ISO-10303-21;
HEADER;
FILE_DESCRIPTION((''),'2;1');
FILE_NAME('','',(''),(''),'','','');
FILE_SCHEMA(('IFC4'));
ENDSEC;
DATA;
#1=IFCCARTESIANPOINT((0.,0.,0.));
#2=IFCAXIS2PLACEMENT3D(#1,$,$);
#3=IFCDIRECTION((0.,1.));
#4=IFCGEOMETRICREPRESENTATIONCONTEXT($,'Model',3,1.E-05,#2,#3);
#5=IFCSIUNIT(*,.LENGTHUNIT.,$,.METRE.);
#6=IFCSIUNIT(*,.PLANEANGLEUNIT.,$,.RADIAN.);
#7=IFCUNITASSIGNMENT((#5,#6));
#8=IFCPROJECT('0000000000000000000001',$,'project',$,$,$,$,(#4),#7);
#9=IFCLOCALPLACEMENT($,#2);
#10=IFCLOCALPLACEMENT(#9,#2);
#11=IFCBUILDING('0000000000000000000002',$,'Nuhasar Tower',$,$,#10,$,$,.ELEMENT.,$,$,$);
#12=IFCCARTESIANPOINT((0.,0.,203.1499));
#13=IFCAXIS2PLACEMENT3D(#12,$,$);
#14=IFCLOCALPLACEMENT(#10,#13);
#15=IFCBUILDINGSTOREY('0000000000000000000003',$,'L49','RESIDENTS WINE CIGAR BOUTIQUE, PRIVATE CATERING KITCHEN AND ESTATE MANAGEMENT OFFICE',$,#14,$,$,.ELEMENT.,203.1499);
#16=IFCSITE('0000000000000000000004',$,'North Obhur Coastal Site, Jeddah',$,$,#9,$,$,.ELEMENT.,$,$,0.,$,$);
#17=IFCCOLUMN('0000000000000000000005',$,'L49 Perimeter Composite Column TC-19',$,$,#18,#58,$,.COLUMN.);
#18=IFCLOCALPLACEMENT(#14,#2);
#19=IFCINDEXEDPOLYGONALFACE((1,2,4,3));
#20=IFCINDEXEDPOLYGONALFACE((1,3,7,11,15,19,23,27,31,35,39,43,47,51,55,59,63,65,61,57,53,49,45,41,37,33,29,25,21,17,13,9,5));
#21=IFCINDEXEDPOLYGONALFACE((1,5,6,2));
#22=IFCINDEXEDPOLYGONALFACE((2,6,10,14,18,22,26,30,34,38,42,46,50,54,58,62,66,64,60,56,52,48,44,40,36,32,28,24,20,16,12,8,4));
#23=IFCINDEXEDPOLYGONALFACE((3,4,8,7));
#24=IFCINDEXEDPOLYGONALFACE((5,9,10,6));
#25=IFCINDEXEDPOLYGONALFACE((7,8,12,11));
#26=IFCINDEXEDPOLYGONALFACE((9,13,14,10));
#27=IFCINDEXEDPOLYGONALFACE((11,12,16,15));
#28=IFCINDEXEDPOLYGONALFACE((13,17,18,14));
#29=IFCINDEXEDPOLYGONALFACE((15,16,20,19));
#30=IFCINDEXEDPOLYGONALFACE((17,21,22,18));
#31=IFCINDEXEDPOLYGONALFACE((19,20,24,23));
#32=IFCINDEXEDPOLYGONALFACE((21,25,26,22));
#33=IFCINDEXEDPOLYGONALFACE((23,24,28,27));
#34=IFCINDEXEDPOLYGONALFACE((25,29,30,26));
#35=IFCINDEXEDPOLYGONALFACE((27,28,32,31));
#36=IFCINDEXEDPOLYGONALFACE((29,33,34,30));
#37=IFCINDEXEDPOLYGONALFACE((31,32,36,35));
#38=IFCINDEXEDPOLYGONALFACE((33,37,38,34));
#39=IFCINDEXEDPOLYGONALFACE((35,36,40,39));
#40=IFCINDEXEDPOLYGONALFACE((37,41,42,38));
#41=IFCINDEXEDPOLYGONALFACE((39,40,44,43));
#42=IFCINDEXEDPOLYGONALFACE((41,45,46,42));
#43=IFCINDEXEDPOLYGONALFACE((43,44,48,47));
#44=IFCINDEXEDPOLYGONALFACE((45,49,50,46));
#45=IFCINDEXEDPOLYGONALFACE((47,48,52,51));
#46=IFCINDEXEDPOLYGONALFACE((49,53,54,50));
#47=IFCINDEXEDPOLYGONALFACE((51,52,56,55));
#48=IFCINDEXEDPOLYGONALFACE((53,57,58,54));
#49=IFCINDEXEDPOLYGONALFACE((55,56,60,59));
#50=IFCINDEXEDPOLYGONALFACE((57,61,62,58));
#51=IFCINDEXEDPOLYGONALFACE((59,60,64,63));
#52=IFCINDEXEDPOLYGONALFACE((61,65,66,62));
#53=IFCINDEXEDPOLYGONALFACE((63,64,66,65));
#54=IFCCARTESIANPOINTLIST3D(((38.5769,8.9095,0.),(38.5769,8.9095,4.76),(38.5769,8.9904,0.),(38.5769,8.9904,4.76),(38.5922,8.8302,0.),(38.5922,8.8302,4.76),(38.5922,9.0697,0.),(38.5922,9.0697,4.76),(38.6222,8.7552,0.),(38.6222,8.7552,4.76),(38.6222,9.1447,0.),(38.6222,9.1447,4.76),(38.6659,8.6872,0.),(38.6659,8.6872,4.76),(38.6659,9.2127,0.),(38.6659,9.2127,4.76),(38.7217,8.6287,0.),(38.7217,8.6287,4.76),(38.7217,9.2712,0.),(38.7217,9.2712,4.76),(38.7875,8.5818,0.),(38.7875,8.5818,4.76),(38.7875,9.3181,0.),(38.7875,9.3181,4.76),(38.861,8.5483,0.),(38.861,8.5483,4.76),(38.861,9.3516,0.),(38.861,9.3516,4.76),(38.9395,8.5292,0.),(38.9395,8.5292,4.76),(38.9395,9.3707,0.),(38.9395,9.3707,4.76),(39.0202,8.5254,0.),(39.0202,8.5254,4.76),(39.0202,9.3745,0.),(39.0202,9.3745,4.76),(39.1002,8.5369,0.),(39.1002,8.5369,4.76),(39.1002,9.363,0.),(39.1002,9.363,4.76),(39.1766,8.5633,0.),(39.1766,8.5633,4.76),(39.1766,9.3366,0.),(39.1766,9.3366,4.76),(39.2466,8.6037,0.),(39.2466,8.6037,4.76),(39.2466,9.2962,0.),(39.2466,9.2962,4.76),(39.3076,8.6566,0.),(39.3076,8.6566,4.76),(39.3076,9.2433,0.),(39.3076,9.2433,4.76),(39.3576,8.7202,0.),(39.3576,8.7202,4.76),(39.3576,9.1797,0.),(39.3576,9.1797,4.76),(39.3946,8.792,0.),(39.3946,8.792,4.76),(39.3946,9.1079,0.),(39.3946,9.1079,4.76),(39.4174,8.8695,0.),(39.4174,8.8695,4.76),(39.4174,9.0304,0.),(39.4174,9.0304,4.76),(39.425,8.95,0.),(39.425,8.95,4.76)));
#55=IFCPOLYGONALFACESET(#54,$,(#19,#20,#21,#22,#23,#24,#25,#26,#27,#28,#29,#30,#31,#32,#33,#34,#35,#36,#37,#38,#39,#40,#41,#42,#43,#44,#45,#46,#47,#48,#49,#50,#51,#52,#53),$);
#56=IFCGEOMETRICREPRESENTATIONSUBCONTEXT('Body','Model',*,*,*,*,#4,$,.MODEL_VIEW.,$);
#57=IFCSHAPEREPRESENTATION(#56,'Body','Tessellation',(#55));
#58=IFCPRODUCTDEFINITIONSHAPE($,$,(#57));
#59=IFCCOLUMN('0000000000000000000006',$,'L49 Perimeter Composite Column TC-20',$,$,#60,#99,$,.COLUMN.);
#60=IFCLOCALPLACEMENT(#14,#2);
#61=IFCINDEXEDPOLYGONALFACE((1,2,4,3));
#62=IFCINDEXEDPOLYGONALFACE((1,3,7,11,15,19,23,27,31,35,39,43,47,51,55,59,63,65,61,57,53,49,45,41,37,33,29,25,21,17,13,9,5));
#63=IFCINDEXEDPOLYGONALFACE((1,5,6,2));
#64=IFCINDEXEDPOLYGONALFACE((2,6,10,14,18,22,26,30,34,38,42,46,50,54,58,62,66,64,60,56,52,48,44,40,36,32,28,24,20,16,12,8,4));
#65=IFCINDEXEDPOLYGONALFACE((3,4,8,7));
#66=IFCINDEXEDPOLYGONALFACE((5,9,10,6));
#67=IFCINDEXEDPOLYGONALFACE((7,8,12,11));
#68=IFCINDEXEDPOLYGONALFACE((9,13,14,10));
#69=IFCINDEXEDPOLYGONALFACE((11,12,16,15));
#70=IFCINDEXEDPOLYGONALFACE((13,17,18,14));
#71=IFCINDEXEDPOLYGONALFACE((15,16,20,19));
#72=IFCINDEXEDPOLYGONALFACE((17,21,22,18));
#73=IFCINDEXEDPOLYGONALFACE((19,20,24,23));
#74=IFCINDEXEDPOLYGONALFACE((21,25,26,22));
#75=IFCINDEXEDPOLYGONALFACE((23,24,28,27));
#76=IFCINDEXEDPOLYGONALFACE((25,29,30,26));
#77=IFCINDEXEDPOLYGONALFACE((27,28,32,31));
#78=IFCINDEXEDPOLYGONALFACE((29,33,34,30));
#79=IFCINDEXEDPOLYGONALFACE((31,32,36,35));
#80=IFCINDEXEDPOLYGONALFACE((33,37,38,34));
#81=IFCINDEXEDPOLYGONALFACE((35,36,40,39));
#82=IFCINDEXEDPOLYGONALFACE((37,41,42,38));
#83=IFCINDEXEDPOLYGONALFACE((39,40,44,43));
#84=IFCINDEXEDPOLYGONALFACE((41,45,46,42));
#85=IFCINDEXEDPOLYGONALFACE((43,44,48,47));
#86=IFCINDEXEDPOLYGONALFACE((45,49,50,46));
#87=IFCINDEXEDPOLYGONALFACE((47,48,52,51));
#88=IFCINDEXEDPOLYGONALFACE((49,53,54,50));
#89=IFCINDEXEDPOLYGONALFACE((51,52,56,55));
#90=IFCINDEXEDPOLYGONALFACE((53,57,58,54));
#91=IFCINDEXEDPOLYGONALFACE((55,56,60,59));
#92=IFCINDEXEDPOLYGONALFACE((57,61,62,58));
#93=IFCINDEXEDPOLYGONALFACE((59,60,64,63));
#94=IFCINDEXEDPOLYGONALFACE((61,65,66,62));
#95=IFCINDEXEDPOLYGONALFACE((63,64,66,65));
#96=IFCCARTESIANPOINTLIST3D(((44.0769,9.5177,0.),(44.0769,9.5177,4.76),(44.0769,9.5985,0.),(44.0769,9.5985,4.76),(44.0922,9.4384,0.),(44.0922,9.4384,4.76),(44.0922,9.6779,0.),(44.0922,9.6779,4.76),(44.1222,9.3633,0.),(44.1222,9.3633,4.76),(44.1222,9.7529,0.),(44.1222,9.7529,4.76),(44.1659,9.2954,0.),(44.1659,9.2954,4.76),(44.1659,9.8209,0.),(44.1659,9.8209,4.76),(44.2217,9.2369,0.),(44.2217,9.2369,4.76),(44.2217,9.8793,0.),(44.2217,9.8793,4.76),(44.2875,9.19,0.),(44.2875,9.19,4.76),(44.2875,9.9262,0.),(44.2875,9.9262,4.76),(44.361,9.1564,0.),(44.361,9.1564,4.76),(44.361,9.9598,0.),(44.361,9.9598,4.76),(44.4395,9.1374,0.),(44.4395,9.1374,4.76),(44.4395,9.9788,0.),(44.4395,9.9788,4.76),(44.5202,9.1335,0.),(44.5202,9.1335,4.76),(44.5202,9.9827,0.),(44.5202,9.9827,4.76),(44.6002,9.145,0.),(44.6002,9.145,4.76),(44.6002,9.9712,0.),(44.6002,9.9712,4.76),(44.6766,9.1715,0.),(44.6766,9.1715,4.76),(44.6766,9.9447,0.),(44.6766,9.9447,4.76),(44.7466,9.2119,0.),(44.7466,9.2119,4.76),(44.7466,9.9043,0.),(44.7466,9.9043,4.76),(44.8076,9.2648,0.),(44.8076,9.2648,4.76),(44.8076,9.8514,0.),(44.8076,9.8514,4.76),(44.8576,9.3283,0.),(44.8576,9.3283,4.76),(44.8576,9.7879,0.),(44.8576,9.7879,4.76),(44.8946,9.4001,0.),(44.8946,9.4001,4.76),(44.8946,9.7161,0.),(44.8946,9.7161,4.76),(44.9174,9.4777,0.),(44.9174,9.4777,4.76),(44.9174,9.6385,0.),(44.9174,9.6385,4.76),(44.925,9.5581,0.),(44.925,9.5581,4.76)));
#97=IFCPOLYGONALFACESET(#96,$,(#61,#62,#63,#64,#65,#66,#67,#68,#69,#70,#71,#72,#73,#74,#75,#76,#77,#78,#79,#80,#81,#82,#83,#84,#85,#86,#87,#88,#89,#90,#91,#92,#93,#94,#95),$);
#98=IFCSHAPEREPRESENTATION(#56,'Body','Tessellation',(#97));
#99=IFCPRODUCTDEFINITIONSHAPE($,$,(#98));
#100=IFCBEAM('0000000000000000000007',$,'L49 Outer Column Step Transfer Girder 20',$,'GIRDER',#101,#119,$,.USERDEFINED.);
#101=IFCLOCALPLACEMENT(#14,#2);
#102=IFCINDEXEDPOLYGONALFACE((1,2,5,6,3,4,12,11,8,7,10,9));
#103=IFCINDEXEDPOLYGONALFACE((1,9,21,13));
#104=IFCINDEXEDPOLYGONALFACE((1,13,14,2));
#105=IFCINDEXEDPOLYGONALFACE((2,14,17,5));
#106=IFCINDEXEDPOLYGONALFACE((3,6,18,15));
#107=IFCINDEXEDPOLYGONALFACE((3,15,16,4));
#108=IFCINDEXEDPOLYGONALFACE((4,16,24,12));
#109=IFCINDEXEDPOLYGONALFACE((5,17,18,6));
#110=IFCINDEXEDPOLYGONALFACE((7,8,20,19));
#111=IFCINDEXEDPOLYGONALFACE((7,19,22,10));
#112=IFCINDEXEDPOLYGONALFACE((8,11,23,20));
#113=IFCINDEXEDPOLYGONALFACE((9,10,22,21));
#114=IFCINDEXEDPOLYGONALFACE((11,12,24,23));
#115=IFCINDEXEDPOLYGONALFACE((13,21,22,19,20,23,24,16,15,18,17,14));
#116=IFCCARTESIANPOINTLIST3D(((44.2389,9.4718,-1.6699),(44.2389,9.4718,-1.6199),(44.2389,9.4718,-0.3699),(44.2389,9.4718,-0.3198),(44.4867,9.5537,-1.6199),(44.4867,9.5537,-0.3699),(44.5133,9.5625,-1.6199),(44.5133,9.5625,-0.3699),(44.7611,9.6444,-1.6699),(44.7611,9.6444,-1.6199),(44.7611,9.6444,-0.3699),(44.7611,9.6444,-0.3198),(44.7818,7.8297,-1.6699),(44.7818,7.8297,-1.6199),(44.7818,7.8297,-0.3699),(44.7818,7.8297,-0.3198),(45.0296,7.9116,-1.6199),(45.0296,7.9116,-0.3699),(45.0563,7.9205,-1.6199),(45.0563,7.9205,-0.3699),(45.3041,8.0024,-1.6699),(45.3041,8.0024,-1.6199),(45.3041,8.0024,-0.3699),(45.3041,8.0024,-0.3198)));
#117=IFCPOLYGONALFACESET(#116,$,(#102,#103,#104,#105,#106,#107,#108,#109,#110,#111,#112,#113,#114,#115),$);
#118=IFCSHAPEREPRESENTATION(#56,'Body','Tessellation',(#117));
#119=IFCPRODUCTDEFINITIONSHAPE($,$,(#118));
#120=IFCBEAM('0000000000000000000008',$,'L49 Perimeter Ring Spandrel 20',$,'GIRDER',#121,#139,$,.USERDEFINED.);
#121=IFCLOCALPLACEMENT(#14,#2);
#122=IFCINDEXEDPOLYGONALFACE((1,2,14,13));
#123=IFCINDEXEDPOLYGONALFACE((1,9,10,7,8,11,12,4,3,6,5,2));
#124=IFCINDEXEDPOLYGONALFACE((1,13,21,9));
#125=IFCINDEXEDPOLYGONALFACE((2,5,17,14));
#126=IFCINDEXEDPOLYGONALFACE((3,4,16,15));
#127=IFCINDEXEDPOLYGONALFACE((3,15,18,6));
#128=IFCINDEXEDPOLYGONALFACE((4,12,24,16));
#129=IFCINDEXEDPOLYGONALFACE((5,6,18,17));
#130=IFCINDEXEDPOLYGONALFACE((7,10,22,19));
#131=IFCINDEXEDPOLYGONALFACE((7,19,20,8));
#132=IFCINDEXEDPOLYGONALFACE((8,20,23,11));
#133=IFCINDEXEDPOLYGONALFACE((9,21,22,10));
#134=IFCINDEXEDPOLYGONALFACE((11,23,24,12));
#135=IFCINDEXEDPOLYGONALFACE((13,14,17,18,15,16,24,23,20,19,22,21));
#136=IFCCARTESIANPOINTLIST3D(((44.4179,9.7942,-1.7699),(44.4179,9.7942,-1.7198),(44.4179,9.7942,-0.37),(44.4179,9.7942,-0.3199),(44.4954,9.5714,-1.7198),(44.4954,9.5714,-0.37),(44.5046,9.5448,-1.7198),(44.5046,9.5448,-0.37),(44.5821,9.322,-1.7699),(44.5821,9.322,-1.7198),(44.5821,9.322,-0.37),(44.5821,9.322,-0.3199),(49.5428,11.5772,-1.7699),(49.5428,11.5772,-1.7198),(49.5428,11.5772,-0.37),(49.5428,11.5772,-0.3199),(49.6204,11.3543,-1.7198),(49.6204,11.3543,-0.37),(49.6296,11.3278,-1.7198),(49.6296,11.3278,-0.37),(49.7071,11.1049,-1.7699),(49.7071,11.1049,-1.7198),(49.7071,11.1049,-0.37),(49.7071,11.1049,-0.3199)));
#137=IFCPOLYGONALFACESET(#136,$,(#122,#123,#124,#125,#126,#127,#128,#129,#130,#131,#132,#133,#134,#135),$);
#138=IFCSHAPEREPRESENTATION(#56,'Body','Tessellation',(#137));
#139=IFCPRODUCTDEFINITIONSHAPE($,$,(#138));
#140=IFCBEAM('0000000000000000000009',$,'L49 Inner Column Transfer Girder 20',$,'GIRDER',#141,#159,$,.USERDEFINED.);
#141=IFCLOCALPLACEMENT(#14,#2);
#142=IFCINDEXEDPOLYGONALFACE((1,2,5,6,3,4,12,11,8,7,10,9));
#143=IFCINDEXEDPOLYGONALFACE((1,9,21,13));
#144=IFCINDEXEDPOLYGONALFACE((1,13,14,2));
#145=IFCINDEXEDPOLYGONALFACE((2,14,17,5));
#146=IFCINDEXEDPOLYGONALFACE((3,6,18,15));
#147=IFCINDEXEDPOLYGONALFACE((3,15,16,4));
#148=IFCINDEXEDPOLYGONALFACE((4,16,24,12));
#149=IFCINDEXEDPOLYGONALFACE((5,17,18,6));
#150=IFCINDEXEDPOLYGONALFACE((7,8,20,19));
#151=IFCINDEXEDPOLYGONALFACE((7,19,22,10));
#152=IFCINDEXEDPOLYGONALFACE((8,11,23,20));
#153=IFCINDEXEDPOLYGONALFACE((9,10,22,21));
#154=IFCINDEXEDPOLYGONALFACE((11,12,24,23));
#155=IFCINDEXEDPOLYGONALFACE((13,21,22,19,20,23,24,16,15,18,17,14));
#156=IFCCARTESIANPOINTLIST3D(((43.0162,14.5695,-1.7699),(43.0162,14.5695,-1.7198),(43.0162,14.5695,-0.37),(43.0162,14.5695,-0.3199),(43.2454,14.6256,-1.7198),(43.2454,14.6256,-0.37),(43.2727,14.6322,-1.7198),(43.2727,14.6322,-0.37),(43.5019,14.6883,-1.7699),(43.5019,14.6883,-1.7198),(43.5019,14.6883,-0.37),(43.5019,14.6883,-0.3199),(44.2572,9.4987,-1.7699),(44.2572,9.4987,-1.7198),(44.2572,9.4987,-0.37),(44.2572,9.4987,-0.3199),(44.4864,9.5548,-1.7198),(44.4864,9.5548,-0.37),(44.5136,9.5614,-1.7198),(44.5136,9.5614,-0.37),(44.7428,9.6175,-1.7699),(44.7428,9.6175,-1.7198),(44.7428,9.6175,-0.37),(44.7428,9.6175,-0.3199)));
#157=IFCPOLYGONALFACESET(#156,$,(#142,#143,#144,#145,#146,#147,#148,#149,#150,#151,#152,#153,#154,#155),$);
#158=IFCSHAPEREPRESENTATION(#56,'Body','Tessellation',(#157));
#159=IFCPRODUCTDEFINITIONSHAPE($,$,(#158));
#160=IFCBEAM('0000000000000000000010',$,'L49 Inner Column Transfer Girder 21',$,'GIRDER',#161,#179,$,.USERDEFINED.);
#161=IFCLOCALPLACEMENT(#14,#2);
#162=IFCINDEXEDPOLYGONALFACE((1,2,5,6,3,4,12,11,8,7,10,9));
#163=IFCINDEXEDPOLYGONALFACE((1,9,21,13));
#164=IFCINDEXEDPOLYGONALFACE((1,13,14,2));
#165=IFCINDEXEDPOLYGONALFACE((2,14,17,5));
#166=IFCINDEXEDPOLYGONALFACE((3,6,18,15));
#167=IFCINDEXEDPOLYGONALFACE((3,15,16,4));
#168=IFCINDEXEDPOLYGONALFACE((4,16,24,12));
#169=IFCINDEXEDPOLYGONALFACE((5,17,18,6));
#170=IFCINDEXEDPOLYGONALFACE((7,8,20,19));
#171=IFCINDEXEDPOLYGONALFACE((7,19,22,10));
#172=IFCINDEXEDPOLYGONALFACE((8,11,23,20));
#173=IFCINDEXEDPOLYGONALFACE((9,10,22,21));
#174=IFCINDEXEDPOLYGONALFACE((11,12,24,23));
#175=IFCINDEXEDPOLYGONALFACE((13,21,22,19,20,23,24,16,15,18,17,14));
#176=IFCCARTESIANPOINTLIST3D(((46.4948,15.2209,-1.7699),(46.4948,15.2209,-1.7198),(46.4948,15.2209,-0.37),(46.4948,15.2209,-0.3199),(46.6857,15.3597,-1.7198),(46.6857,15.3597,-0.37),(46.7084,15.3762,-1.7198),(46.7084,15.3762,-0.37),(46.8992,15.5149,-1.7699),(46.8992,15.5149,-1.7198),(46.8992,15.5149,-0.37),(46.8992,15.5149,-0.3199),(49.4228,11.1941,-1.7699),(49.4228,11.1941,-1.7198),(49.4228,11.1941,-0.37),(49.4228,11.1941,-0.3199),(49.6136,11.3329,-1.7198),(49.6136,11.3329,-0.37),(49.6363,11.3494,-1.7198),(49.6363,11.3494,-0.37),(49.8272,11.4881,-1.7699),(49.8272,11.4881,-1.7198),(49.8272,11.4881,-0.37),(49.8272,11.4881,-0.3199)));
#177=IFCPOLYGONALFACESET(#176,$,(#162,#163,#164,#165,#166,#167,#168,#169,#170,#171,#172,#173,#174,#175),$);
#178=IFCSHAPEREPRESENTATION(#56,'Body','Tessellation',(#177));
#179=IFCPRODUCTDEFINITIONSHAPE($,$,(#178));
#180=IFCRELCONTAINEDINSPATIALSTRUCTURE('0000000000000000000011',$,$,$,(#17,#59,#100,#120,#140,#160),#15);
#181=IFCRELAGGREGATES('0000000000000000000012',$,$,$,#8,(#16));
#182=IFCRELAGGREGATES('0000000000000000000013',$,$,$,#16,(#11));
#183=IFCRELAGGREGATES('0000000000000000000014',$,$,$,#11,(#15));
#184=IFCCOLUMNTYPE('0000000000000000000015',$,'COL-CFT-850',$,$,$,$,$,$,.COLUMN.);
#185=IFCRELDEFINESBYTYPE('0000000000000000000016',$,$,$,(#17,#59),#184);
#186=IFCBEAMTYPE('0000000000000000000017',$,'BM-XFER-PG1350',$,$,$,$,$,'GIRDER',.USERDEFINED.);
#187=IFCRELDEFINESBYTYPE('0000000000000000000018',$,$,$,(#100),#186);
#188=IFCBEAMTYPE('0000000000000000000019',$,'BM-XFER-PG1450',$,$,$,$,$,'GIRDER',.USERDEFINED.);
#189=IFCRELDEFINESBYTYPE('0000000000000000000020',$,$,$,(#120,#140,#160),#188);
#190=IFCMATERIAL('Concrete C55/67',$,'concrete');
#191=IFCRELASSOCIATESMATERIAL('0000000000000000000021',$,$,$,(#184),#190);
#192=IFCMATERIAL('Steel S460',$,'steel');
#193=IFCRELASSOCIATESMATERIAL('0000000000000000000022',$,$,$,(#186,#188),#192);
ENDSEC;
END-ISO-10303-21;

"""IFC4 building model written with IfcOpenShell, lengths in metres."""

from ifc_helpers import new_model, si_unit, direction, frame, origin, origin_2d, place, context, subcontext, project, spatial, circle, i_section, extrude, material, material_profile, profile_set, type_object, element, save


model = new_model("IFC4")

# Units and contexts
model_context = context("Model", 3, precision=1e-05, world=origin(), true_north=direction((0.0, 1.0)))
body_context = subcontext(model_context, "Body", "Model", "MODEL_VIEW")
ifc_project = project(units=[si_unit("LENGTHUNIT", "METRE"), si_unit("PLANEANGLEUNIT", "RADIAN")], contexts=[model_context])

# Site, building, storey
site_placement = place(None, origin())
site = spatial("IfcSite", under=ifc_project, at=site_placement, Name="North Obhur Coastal Site, Jeddah", CompositionType="ELEMENT", RefElevation=0.0)
building_placement = place(site_placement, origin())
building = spatial("IfcBuilding", under=site, at=building_placement, Name="Nuhasar Tower", CompositionType="ELEMENT")
storey_placement = place(building_placement, frame((0.0, 0.0, 203.1499)))
storey = spatial("IfcBuildingStorey", under=building, at=storey_placement, Name="L49", Description="RESIDENTS WINE CIGAR BOUTIQUE, PRIVATE CATERING KITCHEN AND ESTATE MANAGEMENT OFFICE", CompositionType="ELEMENT", Elevation=203.1499)

# Columns
ifc_material_1 = material(Name="Concrete C55/67", Category="concrete")
ifc_material_profile_1 = material_profile(ifc_material_1, circle(Radius=0.425, at=origin_2d()), Name="CFT850")
ifc_profile_set_1 = profile_set([ifc_material_profile_1], Name="Concrete C55/67")
column_type = type_object("IfcColumnType", Name="COL-CFT-850", PredefinedType="COLUMN", material=ifc_profile_set_1)
for number, where, z_axis, x_axis, name in (
    (1, (39.0, 8.95, 0.0), (0.0, 0.0, 1.0), (1.0, 0.0, 0.0), "L49 Perimeter Composite Column TC-19"),
    (2, (44.5, 9.5581, 0.0), (0.0, 0.0, 1.0), (1.0, 0.0, 0.0), "L49 Perimeter Composite Column TC-20"),
):
    element("IfcColumn", number, at=place(storey_placement, frame(where, z_axis=z_axis, x_axis=x_axis)), inside=storey, type_object=column_type, Name=name, PredefinedType="COLUMN", context=body_context, shape_type="SweptSolid", body=[
        extrude(circle(Radius=0.425, at=origin_2d()), origin(), (0.0, 0.0, 1.0), 4.76),
    ])

# Beams
ifc_material_2 = material(Name="Steel S460", Category="steel")
ifc_material_profile_2 = material_profile(ifc_material_2, i_section(OverallWidth=0.55, OverallDepth=1.3501, WebThickness=0.0281, FlangeThickness=0.05, at=origin_2d()), Name="PG1350X550")
ifc_profile_set_2 = profile_set([ifc_material_profile_2], Name="Steel S460")
beam_type_1 = type_object("IfcBeamType", Name="BM-XFER-PG1350", ElementType="GIRDER", PredefinedType="USERDEFINED", material=ifc_profile_set_2)
beam_1_placement = place(storey_placement, frame((44.5, 9.5581, -0.9949), z_axis=(0.31394, -0.949443, 0.0), x_axis=(0.949443, 0.31394, 0.0)))
element("IfcBeam", 3, at=beam_1_placement, inside=storey, type_object=beam_type_1, Name="L49 Outer Column Step Transfer Girder 20", ObjectType="GIRDER", PredefinedType="USERDEFINED", context=body_context, shape_type="SweptSolid", body=[
    extrude(i_section(OverallWidth=0.55, OverallDepth=1.3501, WebThickness=0.0281, FlangeThickness=0.05, at=origin_2d()), origin(), (0.0, 0.0, 1.0), 1.7295),
])
ifc_material_profile_3 = material_profile(ifc_material_2, i_section(OverallWidth=0.5, OverallDepth=1.45, WebThickness=0.0281, FlangeThickness=0.05, at=origin_2d()), Name="PG1450X500")
ifc_profile_set_3 = profile_set([ifc_material_profile_3], Name="Steel S460")
beam_type_2 = type_object("IfcBeamType", Name="BM-XFER-PG1450", ElementType="GIRDER", PredefinedType="USERDEFINED", material=ifc_profile_set_3)
beam_2_placement = place(storey_placement, frame((44.5, 9.5581, -1.0449), z_axis=(0.944477, 0.328578, 0.0), x_axis=(-0.328578, 0.944477, 0.0)))
element("IfcBeam", 4, at=beam_2_placement, inside=storey, type_object=beam_type_2, Name="L49 Perimeter Ring Spandrel 20", ObjectType="GIRDER", PredefinedType="USERDEFINED", context=body_context, shape_type="SweptSolid", body=[
    extrude(i_section(OverallWidth=0.5, OverallDepth=1.45, WebThickness=0.0281, FlangeThickness=0.05, at=origin_2d()), origin(), (0.0, 0.0, 1.0), 5.4263),
])
beam_3_placement = place(storey_placement, frame((43.259, 14.6289, -1.0449), z_axis=(0.237713, -0.971335, 0.0), x_axis=(0.971335, 0.237713, 0.0)))
element("IfcBeam", 5, at=beam_3_placement, inside=storey, type_object=beam_type_2, Name="L49 Inner Column Transfer Girder 20", ObjectType="GIRDER", PredefinedType="USERDEFINED", context=body_context, shape_type="SweptSolid", body=[
    extrude(i_section(OverallWidth=0.5, OverallDepth=1.45, WebThickness=0.0281, FlangeThickness=0.05, at=origin_2d()), origin(), (0.0, 0.0, 1.0), 5.2205),
])
beam_4_placement = place(storey_placement, frame((46.697, 15.3679, -1.0449), z_axis=(0.588087, -0.808798, 0.0), x_axis=(0.808798, 0.588087, 0.0)))
element("IfcBeam", 6, at=beam_4_placement, inside=storey, type_object=beam_type_2, Name="L49 Inner Column Transfer Girder 21", ObjectType="GIRDER", PredefinedType="USERDEFINED", context=body_context, shape_type="SweptSolid", body=[
    extrude(i_section(OverallWidth=0.5, OverallDepth=1.45, WebThickness=0.0281, FlangeThickness=0.05, at=origin_2d()), origin(), (0.0, 0.0, 1.0), 4.9788),
])

save(model, "model.ifc")
